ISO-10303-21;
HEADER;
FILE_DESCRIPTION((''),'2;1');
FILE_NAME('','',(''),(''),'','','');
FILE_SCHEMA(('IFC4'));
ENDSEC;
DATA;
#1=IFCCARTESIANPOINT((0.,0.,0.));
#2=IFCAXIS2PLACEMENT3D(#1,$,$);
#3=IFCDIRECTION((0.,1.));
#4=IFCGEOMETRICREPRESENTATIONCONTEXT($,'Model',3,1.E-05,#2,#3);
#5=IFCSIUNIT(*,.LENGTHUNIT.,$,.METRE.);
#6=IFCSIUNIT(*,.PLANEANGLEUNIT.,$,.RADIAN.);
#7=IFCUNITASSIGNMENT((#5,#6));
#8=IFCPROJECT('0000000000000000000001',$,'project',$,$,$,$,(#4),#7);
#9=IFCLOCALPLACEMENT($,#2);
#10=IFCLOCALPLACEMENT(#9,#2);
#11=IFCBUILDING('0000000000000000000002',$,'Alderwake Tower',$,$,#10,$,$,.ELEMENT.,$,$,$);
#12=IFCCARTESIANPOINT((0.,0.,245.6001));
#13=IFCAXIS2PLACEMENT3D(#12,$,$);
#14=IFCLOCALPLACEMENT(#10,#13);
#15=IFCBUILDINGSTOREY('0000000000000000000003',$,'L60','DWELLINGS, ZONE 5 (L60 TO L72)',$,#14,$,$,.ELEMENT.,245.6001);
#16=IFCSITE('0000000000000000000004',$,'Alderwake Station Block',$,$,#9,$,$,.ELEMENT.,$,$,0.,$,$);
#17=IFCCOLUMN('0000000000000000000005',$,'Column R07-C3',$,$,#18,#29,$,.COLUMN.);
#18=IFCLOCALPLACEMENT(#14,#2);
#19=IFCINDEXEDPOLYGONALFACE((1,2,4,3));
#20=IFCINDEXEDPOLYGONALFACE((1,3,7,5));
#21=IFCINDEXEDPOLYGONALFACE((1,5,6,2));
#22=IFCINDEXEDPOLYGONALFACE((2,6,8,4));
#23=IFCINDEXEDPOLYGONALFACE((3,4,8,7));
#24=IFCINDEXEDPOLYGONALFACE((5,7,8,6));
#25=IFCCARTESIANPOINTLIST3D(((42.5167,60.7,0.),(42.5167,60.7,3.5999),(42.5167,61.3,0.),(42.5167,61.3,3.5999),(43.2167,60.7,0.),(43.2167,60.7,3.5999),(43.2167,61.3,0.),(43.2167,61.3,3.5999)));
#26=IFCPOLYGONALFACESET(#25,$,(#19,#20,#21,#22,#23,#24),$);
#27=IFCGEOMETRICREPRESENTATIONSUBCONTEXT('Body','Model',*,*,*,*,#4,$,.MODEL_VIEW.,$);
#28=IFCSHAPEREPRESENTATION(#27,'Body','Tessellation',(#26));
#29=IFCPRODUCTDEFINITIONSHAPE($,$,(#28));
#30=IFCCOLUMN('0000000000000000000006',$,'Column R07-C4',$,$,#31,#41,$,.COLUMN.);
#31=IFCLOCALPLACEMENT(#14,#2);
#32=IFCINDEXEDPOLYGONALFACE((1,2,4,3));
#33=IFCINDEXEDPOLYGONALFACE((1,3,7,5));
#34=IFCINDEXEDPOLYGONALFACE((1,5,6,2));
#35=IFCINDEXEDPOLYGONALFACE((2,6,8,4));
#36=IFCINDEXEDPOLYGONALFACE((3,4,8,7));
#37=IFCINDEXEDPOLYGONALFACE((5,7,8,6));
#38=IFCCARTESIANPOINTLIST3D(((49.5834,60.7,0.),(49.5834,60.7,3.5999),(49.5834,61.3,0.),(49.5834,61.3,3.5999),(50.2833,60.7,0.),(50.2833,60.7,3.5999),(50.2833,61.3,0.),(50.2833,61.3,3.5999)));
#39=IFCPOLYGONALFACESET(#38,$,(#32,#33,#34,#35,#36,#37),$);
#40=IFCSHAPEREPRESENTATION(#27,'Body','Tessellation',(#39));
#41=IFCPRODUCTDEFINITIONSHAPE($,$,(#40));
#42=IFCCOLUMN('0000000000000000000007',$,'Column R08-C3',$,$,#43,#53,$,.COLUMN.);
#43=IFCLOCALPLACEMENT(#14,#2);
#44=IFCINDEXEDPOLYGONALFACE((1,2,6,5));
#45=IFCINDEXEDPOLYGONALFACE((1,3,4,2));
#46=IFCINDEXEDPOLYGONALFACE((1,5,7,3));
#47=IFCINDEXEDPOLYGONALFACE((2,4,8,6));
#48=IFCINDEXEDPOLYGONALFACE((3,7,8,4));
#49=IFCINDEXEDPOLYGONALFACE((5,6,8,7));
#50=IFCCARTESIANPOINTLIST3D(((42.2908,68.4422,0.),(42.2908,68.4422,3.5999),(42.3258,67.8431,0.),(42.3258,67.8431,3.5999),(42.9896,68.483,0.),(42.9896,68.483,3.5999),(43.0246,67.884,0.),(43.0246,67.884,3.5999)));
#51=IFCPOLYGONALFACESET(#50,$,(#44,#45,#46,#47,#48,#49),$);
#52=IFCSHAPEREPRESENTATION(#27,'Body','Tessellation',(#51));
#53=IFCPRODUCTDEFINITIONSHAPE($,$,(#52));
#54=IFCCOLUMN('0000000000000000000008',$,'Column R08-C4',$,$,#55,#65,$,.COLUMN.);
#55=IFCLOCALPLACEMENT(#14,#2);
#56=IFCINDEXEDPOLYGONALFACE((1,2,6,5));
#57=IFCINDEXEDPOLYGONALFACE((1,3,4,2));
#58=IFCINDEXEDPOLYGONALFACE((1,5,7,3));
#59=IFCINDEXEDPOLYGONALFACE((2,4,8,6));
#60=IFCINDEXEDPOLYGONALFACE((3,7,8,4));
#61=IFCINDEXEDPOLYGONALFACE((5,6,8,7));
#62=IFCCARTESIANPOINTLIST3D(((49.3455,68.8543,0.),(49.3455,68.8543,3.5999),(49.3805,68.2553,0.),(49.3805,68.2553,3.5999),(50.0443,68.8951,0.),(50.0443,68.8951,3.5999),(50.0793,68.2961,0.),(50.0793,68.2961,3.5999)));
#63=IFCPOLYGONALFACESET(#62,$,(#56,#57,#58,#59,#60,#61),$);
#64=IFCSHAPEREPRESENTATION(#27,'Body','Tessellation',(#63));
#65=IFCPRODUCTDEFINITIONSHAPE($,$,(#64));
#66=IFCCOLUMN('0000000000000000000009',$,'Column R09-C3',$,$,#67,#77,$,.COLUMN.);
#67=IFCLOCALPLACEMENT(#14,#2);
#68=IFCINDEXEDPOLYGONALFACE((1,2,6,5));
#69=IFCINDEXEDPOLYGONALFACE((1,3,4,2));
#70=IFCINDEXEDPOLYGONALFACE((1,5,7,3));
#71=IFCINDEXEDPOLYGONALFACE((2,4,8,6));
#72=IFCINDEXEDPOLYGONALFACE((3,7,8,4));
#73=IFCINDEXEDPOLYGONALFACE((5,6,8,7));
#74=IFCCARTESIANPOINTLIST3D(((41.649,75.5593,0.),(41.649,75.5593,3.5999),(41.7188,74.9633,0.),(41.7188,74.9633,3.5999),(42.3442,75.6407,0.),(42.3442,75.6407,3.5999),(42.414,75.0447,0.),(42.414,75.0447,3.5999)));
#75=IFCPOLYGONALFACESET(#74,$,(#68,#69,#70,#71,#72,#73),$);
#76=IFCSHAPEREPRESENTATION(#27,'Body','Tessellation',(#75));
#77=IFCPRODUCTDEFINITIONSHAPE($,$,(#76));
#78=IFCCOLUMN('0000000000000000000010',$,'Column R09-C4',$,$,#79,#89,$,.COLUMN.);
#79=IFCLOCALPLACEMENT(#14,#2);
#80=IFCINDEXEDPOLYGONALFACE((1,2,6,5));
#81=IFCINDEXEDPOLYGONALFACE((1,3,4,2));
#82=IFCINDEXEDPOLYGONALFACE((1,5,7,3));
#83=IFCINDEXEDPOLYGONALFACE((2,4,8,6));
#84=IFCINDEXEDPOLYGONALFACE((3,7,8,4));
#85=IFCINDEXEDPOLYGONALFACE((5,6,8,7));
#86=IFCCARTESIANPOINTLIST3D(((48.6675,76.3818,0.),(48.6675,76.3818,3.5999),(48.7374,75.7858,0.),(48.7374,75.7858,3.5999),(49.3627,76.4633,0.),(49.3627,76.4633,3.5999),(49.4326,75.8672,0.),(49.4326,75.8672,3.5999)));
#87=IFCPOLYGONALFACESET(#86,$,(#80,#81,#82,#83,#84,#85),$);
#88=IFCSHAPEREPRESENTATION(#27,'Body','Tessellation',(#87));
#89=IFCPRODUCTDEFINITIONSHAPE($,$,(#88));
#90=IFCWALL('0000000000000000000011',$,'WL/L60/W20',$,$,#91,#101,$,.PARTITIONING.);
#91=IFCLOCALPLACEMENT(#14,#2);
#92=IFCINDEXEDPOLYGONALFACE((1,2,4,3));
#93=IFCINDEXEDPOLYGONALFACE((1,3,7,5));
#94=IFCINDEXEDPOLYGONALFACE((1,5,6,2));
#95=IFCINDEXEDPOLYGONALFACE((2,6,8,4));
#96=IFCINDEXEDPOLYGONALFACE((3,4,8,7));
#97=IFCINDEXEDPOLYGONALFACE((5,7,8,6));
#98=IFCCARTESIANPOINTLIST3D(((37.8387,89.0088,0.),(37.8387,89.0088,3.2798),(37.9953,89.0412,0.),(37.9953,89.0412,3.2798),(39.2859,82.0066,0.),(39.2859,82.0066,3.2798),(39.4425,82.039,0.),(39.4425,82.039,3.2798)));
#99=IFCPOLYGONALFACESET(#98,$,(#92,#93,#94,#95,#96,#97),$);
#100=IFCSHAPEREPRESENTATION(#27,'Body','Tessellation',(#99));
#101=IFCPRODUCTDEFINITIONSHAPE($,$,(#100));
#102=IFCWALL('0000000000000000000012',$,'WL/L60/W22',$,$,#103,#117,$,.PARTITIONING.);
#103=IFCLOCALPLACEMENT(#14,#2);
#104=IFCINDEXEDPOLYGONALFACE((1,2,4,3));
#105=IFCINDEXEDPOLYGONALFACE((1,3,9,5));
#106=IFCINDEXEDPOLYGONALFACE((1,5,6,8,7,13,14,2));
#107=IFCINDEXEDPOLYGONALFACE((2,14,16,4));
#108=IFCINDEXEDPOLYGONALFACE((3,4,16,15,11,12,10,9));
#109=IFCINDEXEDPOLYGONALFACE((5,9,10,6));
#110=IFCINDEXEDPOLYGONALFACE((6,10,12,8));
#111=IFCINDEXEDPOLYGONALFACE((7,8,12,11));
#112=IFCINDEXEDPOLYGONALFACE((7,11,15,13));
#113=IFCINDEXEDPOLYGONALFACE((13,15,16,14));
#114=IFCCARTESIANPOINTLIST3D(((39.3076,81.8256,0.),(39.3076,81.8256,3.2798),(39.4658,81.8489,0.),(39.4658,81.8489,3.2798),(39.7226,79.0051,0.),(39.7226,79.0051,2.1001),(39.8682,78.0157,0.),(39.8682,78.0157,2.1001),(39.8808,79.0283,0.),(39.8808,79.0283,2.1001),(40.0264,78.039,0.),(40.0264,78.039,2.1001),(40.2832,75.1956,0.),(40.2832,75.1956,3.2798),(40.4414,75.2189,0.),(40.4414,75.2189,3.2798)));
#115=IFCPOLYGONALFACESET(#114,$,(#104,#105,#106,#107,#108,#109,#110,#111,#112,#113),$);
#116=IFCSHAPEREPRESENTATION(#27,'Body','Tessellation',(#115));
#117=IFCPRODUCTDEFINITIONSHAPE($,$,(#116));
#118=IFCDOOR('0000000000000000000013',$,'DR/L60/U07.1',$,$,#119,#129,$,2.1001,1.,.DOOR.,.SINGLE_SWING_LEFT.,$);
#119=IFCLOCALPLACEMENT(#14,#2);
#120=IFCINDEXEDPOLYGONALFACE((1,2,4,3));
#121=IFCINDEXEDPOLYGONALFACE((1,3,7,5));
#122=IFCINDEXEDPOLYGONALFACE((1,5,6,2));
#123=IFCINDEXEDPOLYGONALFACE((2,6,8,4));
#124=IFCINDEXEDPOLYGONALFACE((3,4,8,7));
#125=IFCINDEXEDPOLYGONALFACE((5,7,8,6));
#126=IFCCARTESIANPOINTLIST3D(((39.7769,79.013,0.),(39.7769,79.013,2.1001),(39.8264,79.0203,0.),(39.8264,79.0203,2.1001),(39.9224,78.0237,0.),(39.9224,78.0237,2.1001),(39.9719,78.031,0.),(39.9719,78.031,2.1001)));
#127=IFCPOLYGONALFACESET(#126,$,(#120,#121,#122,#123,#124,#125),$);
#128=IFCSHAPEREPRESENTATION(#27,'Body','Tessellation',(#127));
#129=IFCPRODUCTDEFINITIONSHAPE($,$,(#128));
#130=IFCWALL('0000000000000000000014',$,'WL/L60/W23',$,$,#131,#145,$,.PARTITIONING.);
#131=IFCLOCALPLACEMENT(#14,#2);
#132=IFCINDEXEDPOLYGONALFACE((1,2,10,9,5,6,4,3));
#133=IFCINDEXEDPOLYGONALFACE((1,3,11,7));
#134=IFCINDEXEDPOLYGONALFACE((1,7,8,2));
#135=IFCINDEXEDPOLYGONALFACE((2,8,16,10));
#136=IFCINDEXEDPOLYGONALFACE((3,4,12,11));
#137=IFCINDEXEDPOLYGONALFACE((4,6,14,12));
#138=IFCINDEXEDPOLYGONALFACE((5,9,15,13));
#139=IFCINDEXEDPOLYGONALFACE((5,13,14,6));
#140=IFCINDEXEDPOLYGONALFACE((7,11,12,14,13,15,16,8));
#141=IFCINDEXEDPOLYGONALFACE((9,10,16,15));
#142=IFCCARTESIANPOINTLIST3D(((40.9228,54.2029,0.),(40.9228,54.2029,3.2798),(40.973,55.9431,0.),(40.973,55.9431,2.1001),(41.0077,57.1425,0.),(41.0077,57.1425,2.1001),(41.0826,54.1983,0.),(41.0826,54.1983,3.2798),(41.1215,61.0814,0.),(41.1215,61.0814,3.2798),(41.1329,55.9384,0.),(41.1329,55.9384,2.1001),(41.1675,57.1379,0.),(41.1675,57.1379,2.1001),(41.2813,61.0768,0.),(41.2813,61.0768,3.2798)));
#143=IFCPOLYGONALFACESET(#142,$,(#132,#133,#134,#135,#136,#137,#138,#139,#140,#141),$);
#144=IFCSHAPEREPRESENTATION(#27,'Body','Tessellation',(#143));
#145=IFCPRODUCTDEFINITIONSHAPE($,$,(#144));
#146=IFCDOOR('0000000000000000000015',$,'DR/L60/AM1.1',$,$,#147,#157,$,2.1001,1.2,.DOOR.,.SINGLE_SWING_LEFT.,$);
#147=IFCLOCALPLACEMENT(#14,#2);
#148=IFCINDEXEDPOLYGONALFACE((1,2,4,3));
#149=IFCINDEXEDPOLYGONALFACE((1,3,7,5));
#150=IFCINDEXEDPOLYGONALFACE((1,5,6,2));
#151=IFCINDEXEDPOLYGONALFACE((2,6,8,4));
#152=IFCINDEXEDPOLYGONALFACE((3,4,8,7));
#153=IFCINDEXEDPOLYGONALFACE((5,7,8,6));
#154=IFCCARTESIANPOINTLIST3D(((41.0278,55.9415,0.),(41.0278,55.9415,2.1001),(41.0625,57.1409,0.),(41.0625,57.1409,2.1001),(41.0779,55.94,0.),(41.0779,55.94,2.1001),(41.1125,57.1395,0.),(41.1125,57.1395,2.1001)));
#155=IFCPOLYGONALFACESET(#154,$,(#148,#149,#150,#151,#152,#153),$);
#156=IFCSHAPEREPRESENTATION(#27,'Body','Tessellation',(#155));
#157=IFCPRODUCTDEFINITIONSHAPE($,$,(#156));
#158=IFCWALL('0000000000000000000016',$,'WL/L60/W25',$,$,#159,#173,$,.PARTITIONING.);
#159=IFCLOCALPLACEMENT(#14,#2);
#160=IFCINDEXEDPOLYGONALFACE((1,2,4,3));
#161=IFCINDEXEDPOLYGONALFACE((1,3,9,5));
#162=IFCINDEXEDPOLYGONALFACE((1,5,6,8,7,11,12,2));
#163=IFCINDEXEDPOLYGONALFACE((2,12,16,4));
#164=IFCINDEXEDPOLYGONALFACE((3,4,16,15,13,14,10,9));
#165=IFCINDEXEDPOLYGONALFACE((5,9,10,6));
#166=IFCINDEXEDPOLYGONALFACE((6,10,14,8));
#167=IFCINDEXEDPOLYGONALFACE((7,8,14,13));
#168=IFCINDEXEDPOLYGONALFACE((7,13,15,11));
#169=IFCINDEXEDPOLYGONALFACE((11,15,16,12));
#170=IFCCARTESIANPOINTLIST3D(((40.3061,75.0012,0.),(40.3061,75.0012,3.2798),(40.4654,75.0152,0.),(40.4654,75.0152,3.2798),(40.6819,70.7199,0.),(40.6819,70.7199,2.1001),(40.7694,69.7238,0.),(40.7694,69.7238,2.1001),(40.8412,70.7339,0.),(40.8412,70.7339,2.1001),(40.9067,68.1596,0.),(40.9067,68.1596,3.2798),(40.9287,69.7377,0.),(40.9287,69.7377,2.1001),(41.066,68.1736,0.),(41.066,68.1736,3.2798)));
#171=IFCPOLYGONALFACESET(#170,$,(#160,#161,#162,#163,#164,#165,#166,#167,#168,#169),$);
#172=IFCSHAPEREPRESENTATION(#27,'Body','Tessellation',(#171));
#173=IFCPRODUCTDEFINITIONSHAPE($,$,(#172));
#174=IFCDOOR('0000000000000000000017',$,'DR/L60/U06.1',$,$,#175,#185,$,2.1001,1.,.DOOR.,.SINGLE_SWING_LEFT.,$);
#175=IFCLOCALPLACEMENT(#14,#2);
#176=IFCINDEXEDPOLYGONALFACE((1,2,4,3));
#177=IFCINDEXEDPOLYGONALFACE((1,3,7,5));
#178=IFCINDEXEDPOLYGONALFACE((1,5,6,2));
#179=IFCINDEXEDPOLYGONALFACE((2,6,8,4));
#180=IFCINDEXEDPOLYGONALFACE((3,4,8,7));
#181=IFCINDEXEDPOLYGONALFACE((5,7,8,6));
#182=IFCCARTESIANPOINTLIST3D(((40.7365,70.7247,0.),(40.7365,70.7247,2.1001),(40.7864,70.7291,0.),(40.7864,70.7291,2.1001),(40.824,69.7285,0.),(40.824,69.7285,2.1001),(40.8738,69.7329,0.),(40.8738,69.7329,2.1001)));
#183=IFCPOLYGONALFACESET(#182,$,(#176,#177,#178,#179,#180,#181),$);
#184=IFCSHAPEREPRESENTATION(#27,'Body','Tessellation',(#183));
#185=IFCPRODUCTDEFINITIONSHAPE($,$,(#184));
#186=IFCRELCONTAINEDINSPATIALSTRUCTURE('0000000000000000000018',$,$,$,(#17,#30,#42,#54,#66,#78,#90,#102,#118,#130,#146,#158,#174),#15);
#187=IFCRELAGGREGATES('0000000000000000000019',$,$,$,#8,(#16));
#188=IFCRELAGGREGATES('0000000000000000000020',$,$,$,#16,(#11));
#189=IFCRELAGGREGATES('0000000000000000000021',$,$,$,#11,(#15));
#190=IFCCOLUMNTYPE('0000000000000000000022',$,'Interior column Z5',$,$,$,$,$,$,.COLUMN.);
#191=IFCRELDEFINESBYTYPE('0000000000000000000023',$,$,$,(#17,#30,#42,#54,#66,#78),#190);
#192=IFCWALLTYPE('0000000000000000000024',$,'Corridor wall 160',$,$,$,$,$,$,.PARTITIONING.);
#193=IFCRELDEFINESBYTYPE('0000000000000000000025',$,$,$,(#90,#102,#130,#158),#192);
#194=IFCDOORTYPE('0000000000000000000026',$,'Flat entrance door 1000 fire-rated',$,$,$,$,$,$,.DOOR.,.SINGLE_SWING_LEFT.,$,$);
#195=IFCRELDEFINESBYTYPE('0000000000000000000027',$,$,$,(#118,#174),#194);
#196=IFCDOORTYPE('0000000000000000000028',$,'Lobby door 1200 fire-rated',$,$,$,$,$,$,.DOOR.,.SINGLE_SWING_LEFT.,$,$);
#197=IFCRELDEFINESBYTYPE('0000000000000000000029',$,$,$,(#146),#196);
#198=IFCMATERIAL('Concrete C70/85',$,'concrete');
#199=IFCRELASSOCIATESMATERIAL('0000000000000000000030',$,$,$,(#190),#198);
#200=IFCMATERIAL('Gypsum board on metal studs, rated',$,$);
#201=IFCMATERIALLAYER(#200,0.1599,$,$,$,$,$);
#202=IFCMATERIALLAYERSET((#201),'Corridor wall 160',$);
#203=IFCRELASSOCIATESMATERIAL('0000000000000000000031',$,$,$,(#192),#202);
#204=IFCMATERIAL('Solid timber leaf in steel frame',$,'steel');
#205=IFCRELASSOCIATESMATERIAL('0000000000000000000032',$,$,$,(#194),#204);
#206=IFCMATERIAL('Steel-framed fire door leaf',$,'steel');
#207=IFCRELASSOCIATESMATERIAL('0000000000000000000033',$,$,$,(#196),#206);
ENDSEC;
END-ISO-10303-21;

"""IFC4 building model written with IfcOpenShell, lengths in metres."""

from ifc_helpers import new_model, si_unit, direction, frame, frame_2d, origin, origin_2d, place, context, subcontext, project, spatial, rectangle, extrude, material, layer, layer_set, material_profile, profile_set, type_object, element, fill, save


model = new_model("IFC4")

# Units and contexts
model_context = context("Model", 3, precision=1e-05, world=origin(), true_north=direction((0.0, 1.0)))
body_context = subcontext(model_context, "Body", "Model", "MODEL_VIEW")
ifc_project = project(units=[si_unit("LENGTHUNIT", "METRE"), si_unit("PLANEANGLEUNIT", "RADIAN")], contexts=[model_context])

# Site, building, storey
site_placement = place(None, origin())
site = spatial("IfcSite", under=ifc_project, at=site_placement, Name="Alderwake Station Block", CompositionType="ELEMENT", RefElevation=0.0)
building_placement = place(site_placement, origin())
building = spatial("IfcBuilding", under=site, at=building_placement, Name="Alderwake Tower", CompositionType="ELEMENT")
storey_placement = place(building_placement, frame((0.0, 0.0, 245.6001)))
storey = spatial("IfcBuildingStorey", under=building, at=storey_placement, Name="L60", Description="DWELLINGS, ZONE 5 (L60 TO L72)", CompositionType="ELEMENT", Elevation=245.6001)

# Columns
ifc_material_1 = material(Name="Concrete C70/85", Category="concrete")
ifc_material_profile = material_profile(ifc_material_1, rectangle(XDim=0.6001, YDim=0.7, at=origin_2d()), Name="RC 700X600")
ifc_profile_set = profile_set([ifc_material_profile], Name="Concrete C70/85")
column_type = type_object("IfcColumnType", Name="Interior column Z5", PredefinedType="COLUMN", material=ifc_profile_set)
for number, where, z_axis, x_axis, name in (
    (1, (42.8667, 61.0, 0.0), (0.0, 0.0, 1.0), (0.0, 1.0, 0.0), "Column R07-C3"),
    (2, (49.9333, 61.0, 0.0), (0.0, 0.0, 1.0), (0.0, 1.0, 0.0), "Column R07-C4"),
    (3, (42.6577, 68.1631, 0.0), (0.0, 0.0, 1.0), (-0.058301, 0.998299, 0.0), "Column R08-C3"),
    (4, (49.7124, 68.5752, 0.0), (0.0, 0.0, 1.0), (-0.058299, 0.998299, 0.0), "Column R08-C4"),
    (5, (42.0315, 75.302, 0.0), (0.0, 0.0, 1.0), (-0.116402, 0.993202, 0.0), "Column R09-C3"),
    (6, (49.05, 76.1245, 0.0), (0.0, 0.0, 1.0), (-0.116402, 0.993202, 0.0), "Column R09-C4"),
):
    element("IfcColumn", number, at=place(storey_placement, frame(where, z_axis=z_axis, x_axis=x_axis)), inside=storey, type_object=column_type, Name=name, PredefinedType="COLUMN", context=body_context, shape_type="SweptSolid", body=[
        extrude(rectangle(XDim=0.6001, YDim=0.7, at=origin_2d()), origin(), (0.0, 0.0, 1.0), 3.5999),
    ])

# Wall
ifc_material_2 = material(Name="Gypsum board on metal studs, rated")
ifc_layer_1 = layer(ifc_material_2, 0.1599)
ifc_layer_set_1 = layer_set([ifc_layer_1], Name="Corridor wall 160")
wall_type_1 = type_object("IfcWallType", Name="Corridor wall 160", PredefinedType="PARTITIONING", material=ifc_layer_set_1)
wall_1_placement = place(storey_placement, frame((39.3643, 82.0227, 0.0), z_axis=(0.0, 0.0, 1.0), x_axis=(-0.202409, 0.979301, 0.0)))
element("IfcWall", 7, at=wall_1_placement, inside=storey, type_object=wall_type_1, Name="WL/L60/W20", PredefinedType="PARTITIONING", context=body_context, shape_type="SweptSolid", body=[
    extrude(rectangle(XDim=7.1501, YDim=0.1599, at=frame_2d((3.5752, 0.0))), origin(), (0.0, 0.0, 1.0), 3.2798),
])

# Walls, openings, doors
wall_2_placement = place(storey_placement, frame((39.3867, 81.8372, 0.0), z_axis=(0.0, 0.0, 1.0), x_axis=(0.145577, -0.989347, 0.0)))
wall_2 = element("IfcWall", 8, at=wall_2_placement, inside=storey, type_object=wall_type_1, Name="WL/L60/W22", PredefinedType="PARTITIONING", context=body_context, shape_type="SweptSolid", body=[
    extrude(rectangle(XDim=6.7014, YDim=0.1599, at=frame_2d((3.3506, 0.0))), origin(), (0.0, 0.0, 1.0), 3.2798),
])
opening_1_placement = place(wall_2_placement, frame((2.8508, 0.0, 0.0)))
opening_1 = element("IfcOpeningElement", 9, at=opening_1_placement, cuts=wall_2, PredefinedType="OPENING", context=body_context, shape_type="SweptSolid", body=[
    extrude(rectangle(XDim=1.0, YDim=2.1001, at=frame_2d((0.5, 1.05))), frame((0.0, 0.0898, 0.0), z_axis=(0.0, -1.0, 0.0), x_axis=(1.0, 0.0, 0.0)), (0.0, 0.0, 1.0), 0.1799),
])
ifc_material_3 = material(Name="Solid timber leaf in steel frame", Category="steel")
door_type_1 = type_object("IfcDoorType", Name="Flat entrance door 1000 fire-rated", OperationType="SINGLE_SWING_LEFT", PredefinedType="DOOR", material=ifc_material_3)
door_1_placement = place(opening_1_placement, origin())
door_1 = element("IfcDoor", 10, at=door_1_placement, inside=storey, type_object=door_type_1, Name="DR/L60/U07.1", OperationType="SINGLE_SWING_LEFT", OverallHeight=2.1001, OverallWidth=1.0, PredefinedType="DOOR", context=body_context, shape_type="SweptSolid", body=[
    extrude(rectangle(XDim=1.0, YDim=2.1001, at=frame_2d((0.5, 1.05))), frame((0.0, 0.0249, 0.0), z_axis=(0.0, -1.0, 0.0), x_axis=(1.0, 0.0, 0.0)), (0.0, 0.0, 1.0), 0.05),
])
fill(opening_1, door_1)
wall_3_placement = place(storey_placement, frame((41.2014, 61.0791, 0.0), z_axis=(0.0, 0.0, 1.0), x_axis=(-0.02888, -0.999583, 0.0)))
wall_3 = element("IfcWall", 11, at=wall_3_placement, inside=storey, type_object=wall_type_1, Name="WL/L60/W23", PredefinedType="PARTITIONING", context=body_context, shape_type="SweptSolid", body=[
    extrude(rectangle(XDim=6.8813, YDim=0.1599, at=frame_2d((3.4407, 0.0))), origin(), (0.0, 0.0, 1.0), 3.2798),
])
opening_2_placement = place(wall_3_placement, frame((3.9404, 0.0, 0.0)))
opening_2 = element("IfcOpeningElement", 12, at=opening_2_placement, cuts=wall_3, PredefinedType="OPENING", context=body_context, shape_type="SweptSolid", body=[
    extrude(rectangle(XDim=1.2, YDim=2.1001, at=frame_2d((0.6001, 1.05))), frame((0.0, 0.0898, 0.0), z_axis=(0.0, -1.0, 0.0), x_axis=(1.0, 0.0, 0.0)), (0.0, 0.0, 1.0), 0.1799),
])
ifc_material_4 = material(Name="Steel-framed fire door leaf", Category="steel")
door_type_2 = type_object("IfcDoorType", Name="Lobby door 1200 fire-rated", OperationType="SINGLE_SWING_LEFT", PredefinedType="DOOR", material=ifc_material_4)
door_2_placement = place(opening_2_placement, origin())
door_2 = element("IfcDoor", 13, at=door_2_placement, inside=storey, type_object=door_type_2, Name="DR/L60/AM1.1", OperationType="SINGLE_SWING_LEFT", OverallHeight=2.1001, OverallWidth=1.2, PredefinedType="DOOR", context=body_context, shape_type="SweptSolid", body=[
    extrude(rectangle(XDim=1.2, YDim=2.1001, at=frame_2d((0.6001, 1.05))), frame((0.0, 0.0249, 0.0), z_axis=(0.0, -1.0, 0.0), x_axis=(1.0, 0.0, 0.0)), (0.0, 0.0, 1.0), 0.05),
])
fill(opening_2, door_2)
wall_4_placement = place(storey_placement, frame((40.3857, 75.0083, 0.0), z_axis=(0.0, 0.0, 1.0), x_axis=(0.087449, -0.996169, 0.0)))
wall_4 = element("IfcWall", 14, at=wall_4_placement, inside=storey, type_object=wall_type_1, Name="WL/L60/W25", PredefinedType="PARTITIONING", context=body_context, shape_type="SweptSolid", body=[
    extrude(rectangle(XDim=6.8679, YDim=0.1599, at=frame_2d((3.4341, 0.0))), origin(), (0.0, 0.0, 1.0), 3.2798),
])
opening_3_placement = place(wall_4_placement, frame((4.2979, 0.0, 0.0)))
opening_3 = element("IfcOpeningElement", 15, at=opening_3_placement, cuts=wall_4, PredefinedType="OPENING", context=body_context, shape_type="SweptSolid", body=[
    extrude(rectangle(XDim=1.0, YDim=2.1001, at=frame_2d((0.5, 1.05))), frame((0.0, 0.0898, 0.0), z_axis=(0.0, -1.0, 0.0), x_axis=(1.0, 0.0, 0.0)), (0.0, 0.0, 1.0), 0.1799),
])
door_3_placement = place(opening_3_placement, origin())
door_3 = element("IfcDoor", 16, at=door_3_placement, inside=storey, type_object=door_type_1, Name="DR/L60/U06.1", OperationType="SINGLE_SWING_LEFT", OverallHeight=2.1001, OverallWidth=1.0, PredefinedType="DOOR", context=body_context, shape_type="SweptSolid", body=[
    extrude(rectangle(XDim=1.0, YDim=2.1001, at=frame_2d((0.5, 1.05))), frame((0.0, 0.0249, 0.0), z_axis=(0.0, -1.0, 0.0), x_axis=(1.0, 0.0, 0.0)), (0.0, 0.0, 1.0), 0.05),
])
fill(opening_3, door_3)

save(model, "model.ifc")
